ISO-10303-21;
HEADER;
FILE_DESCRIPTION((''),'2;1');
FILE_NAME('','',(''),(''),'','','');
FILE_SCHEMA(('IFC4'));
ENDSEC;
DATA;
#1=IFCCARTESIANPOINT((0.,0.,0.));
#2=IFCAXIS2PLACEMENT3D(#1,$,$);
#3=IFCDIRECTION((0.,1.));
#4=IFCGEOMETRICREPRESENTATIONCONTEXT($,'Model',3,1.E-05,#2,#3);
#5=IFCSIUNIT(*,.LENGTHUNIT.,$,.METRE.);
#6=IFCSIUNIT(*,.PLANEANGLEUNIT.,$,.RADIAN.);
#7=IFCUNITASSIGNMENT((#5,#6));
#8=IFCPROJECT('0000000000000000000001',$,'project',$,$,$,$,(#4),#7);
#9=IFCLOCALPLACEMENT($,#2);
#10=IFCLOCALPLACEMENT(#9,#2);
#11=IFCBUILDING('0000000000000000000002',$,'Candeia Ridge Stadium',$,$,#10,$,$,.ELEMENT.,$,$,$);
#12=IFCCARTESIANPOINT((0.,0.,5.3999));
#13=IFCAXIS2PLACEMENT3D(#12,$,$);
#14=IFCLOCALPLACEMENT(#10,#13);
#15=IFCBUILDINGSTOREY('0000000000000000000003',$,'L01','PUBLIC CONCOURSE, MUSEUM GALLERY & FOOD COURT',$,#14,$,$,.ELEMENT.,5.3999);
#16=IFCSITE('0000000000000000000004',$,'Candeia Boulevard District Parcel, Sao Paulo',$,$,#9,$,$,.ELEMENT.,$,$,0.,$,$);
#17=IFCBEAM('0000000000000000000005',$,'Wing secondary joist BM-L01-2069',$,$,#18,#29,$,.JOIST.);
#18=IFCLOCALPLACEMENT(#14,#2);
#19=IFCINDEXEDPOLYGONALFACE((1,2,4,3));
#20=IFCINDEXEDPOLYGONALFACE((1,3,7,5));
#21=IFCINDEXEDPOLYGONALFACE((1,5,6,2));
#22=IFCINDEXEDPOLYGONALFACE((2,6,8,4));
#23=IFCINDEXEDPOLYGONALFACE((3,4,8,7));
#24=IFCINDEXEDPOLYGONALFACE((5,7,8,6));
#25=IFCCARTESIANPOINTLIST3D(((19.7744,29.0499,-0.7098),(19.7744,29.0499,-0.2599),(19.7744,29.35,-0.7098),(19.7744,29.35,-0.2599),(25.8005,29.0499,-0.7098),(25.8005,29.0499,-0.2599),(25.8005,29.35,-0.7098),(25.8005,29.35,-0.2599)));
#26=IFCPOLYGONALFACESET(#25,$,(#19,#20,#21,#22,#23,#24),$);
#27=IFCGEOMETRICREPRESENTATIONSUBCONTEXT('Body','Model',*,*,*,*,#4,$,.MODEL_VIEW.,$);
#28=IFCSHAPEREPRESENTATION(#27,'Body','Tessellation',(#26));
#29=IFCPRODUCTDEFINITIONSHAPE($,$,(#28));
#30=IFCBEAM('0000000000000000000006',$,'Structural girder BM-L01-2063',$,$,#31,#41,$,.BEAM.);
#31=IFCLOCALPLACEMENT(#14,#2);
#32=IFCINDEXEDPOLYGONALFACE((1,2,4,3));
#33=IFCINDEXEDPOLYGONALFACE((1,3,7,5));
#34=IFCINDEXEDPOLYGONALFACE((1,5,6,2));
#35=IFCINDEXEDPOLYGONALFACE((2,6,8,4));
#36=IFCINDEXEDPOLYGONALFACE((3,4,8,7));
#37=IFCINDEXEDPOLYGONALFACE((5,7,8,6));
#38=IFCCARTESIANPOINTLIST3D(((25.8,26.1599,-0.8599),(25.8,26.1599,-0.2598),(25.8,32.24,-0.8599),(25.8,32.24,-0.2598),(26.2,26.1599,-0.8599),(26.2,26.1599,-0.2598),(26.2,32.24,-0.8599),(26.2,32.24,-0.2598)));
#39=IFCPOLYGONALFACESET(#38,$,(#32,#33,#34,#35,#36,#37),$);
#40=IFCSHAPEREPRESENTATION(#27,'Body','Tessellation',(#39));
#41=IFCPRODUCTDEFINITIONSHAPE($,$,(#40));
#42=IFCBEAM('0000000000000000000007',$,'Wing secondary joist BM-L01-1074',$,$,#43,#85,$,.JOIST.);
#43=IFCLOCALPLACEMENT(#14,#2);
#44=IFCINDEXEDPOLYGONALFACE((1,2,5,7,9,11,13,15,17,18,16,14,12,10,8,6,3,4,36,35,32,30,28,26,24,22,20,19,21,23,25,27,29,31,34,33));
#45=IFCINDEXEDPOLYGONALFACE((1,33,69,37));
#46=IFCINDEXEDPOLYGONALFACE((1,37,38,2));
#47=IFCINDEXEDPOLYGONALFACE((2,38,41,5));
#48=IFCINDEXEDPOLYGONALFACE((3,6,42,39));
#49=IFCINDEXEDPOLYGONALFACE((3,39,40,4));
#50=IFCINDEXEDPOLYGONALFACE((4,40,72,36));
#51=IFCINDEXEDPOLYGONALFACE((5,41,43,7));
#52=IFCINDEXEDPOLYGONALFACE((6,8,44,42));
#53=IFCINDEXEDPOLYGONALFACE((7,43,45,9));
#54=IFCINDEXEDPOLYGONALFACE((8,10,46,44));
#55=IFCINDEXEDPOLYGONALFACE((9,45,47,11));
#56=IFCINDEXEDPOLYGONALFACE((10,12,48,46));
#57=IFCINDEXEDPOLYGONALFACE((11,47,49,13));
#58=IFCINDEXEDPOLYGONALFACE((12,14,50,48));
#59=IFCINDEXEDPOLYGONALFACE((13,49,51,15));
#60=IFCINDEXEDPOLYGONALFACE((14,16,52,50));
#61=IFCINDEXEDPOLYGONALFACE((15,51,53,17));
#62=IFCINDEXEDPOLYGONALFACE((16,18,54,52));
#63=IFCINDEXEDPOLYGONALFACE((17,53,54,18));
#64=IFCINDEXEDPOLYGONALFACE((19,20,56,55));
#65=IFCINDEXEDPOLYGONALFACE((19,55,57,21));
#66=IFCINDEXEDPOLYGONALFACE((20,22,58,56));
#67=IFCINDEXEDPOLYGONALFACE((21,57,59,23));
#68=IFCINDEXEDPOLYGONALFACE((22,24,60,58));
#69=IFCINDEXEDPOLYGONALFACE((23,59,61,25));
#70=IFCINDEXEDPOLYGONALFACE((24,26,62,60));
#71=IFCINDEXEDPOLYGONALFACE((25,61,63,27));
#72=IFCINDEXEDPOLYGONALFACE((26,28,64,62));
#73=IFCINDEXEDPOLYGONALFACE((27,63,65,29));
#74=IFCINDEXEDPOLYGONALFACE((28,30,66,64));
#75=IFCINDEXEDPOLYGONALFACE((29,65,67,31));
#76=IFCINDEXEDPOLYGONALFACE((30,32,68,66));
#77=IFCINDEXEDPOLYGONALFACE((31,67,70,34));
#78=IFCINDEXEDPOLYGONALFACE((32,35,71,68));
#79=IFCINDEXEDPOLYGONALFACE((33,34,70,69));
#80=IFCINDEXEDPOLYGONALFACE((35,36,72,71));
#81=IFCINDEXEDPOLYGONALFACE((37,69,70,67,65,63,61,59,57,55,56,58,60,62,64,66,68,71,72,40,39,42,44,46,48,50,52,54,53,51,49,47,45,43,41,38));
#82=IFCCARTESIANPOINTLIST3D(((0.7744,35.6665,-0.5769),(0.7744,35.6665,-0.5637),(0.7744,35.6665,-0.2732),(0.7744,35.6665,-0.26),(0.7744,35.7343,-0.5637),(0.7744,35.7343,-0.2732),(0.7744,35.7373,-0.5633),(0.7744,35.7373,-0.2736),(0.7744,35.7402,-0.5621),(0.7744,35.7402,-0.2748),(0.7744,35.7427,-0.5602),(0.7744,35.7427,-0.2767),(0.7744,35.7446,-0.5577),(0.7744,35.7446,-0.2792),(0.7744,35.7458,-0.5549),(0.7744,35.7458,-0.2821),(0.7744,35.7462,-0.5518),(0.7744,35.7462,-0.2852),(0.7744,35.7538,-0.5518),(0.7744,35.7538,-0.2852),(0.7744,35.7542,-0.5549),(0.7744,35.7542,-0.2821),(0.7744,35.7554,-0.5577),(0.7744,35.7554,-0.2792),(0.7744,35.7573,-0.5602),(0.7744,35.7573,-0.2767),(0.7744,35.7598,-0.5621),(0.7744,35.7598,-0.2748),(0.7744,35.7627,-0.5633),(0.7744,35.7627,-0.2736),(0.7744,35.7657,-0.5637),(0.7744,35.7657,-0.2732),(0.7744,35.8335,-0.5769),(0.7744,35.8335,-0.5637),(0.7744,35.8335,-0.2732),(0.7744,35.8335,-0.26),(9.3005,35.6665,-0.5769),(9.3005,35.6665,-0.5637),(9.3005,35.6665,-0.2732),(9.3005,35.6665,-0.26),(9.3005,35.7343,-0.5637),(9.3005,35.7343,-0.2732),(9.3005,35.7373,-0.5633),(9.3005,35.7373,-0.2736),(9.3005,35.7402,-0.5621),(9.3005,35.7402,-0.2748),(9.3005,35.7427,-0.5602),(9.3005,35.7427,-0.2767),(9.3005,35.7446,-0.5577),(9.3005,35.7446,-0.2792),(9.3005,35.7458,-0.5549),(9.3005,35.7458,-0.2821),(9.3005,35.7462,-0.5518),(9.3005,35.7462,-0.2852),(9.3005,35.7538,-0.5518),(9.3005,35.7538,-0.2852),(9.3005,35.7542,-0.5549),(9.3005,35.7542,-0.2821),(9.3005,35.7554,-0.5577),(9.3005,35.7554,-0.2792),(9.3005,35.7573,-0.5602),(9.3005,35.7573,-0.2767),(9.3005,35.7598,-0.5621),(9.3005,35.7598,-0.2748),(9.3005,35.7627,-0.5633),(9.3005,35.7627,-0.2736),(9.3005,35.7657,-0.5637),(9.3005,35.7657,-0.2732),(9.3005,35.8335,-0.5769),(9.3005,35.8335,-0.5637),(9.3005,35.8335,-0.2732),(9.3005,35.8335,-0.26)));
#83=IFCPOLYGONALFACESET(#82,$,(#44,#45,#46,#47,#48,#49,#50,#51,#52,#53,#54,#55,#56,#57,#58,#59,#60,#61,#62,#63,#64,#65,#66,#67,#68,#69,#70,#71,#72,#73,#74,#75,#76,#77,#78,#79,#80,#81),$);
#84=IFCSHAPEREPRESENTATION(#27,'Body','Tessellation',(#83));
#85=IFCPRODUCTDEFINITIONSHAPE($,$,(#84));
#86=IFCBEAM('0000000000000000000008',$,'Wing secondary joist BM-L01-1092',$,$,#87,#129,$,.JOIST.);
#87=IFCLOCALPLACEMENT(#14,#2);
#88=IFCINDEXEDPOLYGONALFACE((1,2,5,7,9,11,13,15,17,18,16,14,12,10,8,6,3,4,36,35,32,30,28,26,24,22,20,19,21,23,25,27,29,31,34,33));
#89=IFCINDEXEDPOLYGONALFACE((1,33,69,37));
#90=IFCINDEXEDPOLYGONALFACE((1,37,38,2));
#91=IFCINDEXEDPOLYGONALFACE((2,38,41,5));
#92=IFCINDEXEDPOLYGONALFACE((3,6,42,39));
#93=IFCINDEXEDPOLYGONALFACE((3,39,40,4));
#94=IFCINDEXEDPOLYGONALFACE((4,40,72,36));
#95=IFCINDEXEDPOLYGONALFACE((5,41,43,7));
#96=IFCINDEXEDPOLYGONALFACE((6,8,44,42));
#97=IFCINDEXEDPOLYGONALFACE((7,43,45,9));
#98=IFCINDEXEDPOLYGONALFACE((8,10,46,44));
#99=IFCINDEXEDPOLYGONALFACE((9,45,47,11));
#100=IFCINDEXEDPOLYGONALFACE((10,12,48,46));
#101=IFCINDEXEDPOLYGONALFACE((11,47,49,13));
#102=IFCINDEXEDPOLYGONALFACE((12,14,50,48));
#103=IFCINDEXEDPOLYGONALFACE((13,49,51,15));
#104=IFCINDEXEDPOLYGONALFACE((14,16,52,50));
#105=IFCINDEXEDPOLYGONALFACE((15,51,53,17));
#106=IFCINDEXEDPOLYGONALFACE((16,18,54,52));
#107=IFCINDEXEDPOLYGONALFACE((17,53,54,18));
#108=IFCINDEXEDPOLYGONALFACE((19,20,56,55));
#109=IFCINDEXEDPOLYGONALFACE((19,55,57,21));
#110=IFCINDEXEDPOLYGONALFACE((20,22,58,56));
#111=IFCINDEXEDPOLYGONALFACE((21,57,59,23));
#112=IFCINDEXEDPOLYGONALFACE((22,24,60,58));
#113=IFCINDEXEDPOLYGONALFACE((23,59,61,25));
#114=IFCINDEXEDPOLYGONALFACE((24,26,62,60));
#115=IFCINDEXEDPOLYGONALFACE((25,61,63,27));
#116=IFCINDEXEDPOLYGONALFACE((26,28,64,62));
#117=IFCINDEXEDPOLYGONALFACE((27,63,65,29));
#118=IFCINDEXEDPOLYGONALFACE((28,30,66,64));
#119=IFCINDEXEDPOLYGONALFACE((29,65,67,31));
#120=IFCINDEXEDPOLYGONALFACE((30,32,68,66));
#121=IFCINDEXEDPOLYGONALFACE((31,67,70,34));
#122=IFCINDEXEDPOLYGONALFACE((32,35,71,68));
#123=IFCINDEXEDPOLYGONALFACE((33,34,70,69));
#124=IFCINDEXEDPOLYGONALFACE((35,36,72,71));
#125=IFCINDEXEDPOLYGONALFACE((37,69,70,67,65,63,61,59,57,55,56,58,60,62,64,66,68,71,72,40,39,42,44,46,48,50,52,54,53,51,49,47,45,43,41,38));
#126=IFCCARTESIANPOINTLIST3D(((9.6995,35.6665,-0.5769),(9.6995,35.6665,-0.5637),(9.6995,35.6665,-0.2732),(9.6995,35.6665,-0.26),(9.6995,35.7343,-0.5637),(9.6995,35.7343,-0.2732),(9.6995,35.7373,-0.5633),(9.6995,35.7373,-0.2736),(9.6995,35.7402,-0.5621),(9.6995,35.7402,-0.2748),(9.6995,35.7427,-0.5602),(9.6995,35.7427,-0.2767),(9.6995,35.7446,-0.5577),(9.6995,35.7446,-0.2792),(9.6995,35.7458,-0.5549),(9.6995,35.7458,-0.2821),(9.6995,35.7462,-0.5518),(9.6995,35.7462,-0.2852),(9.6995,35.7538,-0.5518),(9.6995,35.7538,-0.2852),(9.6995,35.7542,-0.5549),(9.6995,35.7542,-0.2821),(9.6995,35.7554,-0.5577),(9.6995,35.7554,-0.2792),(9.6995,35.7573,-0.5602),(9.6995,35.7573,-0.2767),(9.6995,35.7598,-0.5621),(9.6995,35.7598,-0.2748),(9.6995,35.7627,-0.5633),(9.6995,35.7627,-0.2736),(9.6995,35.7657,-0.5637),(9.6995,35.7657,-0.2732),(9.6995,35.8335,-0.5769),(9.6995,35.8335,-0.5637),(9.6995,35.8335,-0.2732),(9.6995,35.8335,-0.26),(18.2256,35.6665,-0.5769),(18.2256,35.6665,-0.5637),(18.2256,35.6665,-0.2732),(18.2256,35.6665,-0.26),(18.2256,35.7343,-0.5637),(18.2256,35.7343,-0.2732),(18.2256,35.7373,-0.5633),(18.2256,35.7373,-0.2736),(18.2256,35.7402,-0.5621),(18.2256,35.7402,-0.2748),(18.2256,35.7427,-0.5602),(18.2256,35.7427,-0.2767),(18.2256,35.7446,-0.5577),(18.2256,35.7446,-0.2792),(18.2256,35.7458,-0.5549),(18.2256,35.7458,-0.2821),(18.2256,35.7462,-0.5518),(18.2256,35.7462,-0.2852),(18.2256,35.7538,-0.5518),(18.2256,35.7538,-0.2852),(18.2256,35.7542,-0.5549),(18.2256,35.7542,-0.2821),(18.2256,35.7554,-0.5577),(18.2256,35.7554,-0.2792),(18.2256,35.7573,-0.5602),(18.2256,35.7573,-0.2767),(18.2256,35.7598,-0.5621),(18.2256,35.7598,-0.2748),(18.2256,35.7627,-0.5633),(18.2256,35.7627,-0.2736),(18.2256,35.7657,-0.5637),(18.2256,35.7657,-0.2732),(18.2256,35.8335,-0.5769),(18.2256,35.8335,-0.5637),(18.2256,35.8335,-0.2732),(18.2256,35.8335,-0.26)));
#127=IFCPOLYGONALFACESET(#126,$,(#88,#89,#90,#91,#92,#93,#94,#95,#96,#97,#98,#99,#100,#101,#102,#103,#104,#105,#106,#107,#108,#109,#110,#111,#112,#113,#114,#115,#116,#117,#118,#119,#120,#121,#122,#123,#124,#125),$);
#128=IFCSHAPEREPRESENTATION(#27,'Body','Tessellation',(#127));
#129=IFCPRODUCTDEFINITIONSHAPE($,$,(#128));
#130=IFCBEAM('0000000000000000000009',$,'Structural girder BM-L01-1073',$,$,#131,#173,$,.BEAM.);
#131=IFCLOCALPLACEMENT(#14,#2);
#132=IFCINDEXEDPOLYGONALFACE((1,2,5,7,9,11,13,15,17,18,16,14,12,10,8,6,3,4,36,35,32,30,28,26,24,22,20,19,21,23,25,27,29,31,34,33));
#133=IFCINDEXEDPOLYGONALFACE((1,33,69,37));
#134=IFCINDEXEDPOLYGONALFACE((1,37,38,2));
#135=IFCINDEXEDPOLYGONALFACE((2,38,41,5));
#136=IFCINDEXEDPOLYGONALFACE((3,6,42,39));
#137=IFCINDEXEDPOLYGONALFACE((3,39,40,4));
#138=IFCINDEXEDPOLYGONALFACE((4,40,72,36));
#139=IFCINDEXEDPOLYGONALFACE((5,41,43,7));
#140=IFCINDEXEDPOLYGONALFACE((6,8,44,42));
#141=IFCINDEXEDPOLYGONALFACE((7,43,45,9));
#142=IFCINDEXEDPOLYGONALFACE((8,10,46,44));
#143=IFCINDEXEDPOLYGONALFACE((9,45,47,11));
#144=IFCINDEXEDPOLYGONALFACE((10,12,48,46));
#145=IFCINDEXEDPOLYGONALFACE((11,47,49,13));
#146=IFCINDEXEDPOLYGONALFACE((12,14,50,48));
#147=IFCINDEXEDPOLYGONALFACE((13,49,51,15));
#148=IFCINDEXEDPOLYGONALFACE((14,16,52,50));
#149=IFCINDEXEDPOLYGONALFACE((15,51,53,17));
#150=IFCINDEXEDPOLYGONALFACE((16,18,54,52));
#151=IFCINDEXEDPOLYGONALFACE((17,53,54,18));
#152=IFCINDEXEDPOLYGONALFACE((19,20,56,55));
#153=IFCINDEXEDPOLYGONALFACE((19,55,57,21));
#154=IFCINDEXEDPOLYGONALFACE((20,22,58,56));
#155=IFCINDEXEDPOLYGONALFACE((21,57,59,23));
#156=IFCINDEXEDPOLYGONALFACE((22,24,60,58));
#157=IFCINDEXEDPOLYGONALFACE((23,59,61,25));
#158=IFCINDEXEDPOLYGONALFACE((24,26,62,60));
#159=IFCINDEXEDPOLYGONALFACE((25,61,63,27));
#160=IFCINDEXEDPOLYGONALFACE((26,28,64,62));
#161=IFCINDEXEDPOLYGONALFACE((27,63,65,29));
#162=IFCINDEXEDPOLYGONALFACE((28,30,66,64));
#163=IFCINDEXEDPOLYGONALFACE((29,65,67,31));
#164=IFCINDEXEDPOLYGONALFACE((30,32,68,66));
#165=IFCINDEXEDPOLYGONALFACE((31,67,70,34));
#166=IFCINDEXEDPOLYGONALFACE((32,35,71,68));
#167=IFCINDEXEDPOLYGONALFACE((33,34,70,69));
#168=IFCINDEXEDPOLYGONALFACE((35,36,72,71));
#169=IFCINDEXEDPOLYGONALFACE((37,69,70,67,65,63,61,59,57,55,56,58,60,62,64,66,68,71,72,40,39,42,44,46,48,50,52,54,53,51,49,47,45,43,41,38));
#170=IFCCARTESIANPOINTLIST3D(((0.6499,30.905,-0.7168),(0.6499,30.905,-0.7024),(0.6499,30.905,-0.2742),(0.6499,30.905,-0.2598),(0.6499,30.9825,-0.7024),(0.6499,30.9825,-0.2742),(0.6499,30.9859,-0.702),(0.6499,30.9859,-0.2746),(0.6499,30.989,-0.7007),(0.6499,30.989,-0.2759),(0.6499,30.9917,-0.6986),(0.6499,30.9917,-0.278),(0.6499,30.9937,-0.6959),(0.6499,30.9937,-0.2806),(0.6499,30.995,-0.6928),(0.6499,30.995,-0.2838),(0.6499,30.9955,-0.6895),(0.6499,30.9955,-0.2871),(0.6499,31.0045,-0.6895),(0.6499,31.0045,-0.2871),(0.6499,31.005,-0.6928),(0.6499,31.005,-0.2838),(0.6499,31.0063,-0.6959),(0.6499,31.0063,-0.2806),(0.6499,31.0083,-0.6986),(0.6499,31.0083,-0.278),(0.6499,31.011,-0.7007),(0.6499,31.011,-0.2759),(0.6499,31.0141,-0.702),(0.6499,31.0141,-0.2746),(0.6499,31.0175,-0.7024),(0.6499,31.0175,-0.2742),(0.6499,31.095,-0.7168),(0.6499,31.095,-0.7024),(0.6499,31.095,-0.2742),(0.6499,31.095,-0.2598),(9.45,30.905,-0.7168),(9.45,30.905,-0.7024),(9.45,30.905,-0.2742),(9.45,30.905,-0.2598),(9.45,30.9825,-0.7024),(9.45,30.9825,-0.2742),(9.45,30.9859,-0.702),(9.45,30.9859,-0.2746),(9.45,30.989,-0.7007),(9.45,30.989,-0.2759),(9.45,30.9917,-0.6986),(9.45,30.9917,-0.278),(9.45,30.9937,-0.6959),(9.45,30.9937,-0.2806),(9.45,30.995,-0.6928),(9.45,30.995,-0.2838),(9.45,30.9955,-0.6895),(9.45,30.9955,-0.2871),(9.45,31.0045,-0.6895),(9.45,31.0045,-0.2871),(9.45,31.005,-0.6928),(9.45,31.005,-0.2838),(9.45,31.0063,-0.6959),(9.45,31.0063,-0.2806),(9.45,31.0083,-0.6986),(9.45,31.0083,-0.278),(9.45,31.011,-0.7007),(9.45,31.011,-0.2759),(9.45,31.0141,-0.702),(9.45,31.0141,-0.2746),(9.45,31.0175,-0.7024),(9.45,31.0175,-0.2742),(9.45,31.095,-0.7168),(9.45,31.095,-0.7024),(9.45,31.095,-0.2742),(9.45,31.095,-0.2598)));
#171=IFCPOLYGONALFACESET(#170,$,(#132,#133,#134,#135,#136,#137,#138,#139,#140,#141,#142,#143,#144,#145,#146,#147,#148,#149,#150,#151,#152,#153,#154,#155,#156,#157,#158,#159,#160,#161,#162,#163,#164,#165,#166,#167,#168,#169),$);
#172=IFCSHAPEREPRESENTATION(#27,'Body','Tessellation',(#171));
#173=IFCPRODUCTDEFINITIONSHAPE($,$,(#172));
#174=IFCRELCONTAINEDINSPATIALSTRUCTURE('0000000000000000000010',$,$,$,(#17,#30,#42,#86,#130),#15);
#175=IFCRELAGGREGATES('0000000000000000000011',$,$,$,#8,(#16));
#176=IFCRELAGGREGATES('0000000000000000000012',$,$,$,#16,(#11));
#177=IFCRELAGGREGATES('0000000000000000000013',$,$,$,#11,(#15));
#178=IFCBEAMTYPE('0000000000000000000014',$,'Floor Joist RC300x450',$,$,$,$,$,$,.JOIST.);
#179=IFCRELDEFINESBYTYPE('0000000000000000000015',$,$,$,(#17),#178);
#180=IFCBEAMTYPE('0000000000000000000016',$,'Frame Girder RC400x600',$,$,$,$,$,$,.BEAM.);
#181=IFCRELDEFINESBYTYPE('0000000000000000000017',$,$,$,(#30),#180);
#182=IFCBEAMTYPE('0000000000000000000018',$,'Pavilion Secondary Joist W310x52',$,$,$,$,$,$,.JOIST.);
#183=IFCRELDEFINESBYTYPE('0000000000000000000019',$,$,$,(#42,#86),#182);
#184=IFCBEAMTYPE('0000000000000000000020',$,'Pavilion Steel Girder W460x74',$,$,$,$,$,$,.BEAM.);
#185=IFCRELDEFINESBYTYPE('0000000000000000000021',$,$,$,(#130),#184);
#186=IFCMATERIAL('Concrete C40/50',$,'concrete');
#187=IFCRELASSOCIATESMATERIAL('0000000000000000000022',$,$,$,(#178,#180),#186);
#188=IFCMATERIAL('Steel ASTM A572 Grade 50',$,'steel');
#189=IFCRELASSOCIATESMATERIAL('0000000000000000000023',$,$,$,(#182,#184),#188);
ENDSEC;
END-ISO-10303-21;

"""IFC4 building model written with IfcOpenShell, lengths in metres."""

from ifc_helpers import new_model, si_unit, direction, frame, origin, origin_2d, place, context, subcontext, project, spatial, rectangle, i_section, extrude, material, material_profile, profile_set, type_object, element, save


model = new_model("IFC4")

# Units and contexts
model_context = context("Model", 3, precision=1e-05, world=origin(), true_north=direction((0.0, 1.0)))
body_context = subcontext(model_context, "Body", "Model", "MODEL_VIEW")
ifc_project = project(units=[si_unit("LENGTHUNIT", "METRE"), si_unit("PLANEANGLEUNIT", "RADIAN")], contexts=[model_context])

# Site, building, storey
site_placement = place(None, origin())
site = spatial("IfcSite", under=ifc_project, at=site_placement, Name="Candeia Boulevard District Parcel, Sao Paulo", CompositionType="ELEMENT", RefElevation=0.0)
building_placement = place(site_placement, origin())
building = spatial("IfcBuilding", under=site, at=building_placement, Name="Candeia Ridge Stadium", CompositionType="ELEMENT")
storey_placement = place(building_placement, frame((0.0, 0.0, 5.3999)))
storey = spatial("IfcBuildingStorey", under=building, at=storey_placement, Name="L01", Description="PUBLIC CONCOURSE, MUSEUM GALLERY & FOOD COURT", CompositionType="ELEMENT", Elevation=5.3999)

# Shared definitions
ifc_material_1 = material(Name="Concrete C40/50", Category="concrete")

# Beams
ifc_material_profile_1 = material_profile(ifc_material_1, rectangle(XDim=0.3, YDim=0.45, at=origin_2d()), Name="RC300x450", Category="concrete")
ifc_profile_set_1 = profile_set([ifc_material_profile_1], Name="Concrete C40/50")
beam_type_1 = type_object("IfcBeamType", Name="Floor Joist RC300x450", PredefinedType="JOIST", material=ifc_profile_set_1)
beam_1_placement = place(storey_placement, frame((19.7744, 29.2, -0.4849), z_axis=(1.0, 0.0, 0.0), x_axis=(0.0, 1.0, 0.0)))
element("IfcBeam", 1, at=beam_1_placement, inside=storey, type_object=beam_type_1, Name="Wing secondary joist BM-L01-2069", PredefinedType="JOIST", context=body_context, shape_type="SweptSolid", body=[
    extrude(rectangle(XDim=0.3, YDim=0.45, at=origin_2d()), origin(), (0.0, 0.0, 1.0), 6.0261),
])
ifc_material_profile_2 = material_profile(ifc_material_1, rectangle(XDim=0.3999, YDim=0.6001, at=origin_2d()), Name="RC400x600", Category="concrete")
ifc_profile_set_2 = profile_set([ifc_material_profile_2], Name="Concrete C40/50")
beam_type_2 = type_object("IfcBeamType", Name="Frame Girder RC400x600", PredefinedType="BEAM", material=ifc_profile_set_2)
beam_2_placement = place(storey_placement, frame((26.0, 26.1599, -0.5598), z_axis=(0.0, 1.0, 0.0), x_axis=(-1.0, 0.0, 0.0)))
element("IfcBeam", 2, at=beam_2_placement, inside=storey, type_object=beam_type_2, Name="Structural girder BM-L01-2063", PredefinedType="BEAM", context=body_context, shape_type="SweptSolid", body=[
    extrude(rectangle(XDim=0.3999, YDim=0.6001, at=origin_2d()), origin(), (0.0, 0.0, 1.0), 6.0801),
])
ifc_material_2 = material(Name="Steel ASTM A572 Grade 50", Category="steel")
ifc_material_profile_3 = material_profile(ifc_material_2, i_section(OverallWidth=0.167, OverallDepth=0.3169, WebThickness=0.0076, FlangeThickness=0.0132, FilletRadius=0.012, at=origin_2d()), Name="W310x52", Category="steel")
ifc_profile_set_3 = profile_set([ifc_material_profile_3], Name="Steel ASTM A572 Grade 50")
beam_type_3 = type_object("IfcBeamType", Name="Pavilion Secondary Joist W310x52", PredefinedType="JOIST", material=ifc_profile_set_3)
for number, where, z_axis, x_axis, name in (
    (3, (0.7744, 35.75, -0.4185), (1.0, 0.0, 0.0), (0.0, 1.0, 0.0), "Wing secondary joist BM-L01-1074"),
    (4, (9.6995, 35.75, -0.4185), (1.0, 0.0, 0.0), (0.0, 1.0, 0.0), "Wing secondary joist BM-L01-1092"),
):
    element("IfcBeam", number, at=place(storey_placement, frame(where, z_axis=z_axis, x_axis=x_axis)), inside=storey, type_object=beam_type_3, Name=name, PredefinedType="JOIST", context=body_context, shape_type="SweptSolid", body=[
        extrude(i_section(OverallWidth=0.167, OverallDepth=0.3169, WebThickness=0.0076, FlangeThickness=0.0132, FilletRadius=0.012, at=origin_2d()), origin(), (0.0, 0.0, 1.0), 8.5261),
    ])
ifc_material_profile_4 = material_profile(ifc_material_2, i_section(OverallWidth=0.1899, OverallDepth=0.457, WebThickness=0.009, FlangeThickness=0.0144, FilletRadius=0.0129, at=origin_2d()), Name="W460x74", Category="steel")
ifc_profile_set_4 = profile_set([ifc_material_profile_4], Name="Steel ASTM A572 Grade 50")
beam_type_4 = type_object("IfcBeamType", Name="Pavilion Steel Girder W460x74", PredefinedType="BEAM", material=ifc_profile_set_4)
for number, where, z_axis, x_axis, name in (
    (5, (0.6499, 31.0, -0.4883), (1.0, 0.0, 0.0), (0.0, 1.0, 0.0), "Structural girder BM-L01-1073"),
):
    element("IfcBeam", number, at=place(storey_placement, frame(where, z_axis=z_axis, x_axis=x_axis)), inside=storey, type_object=beam_type_4, Name=name, PredefinedType="BEAM", context=body_context, shape_type="SweptSolid", body=[
        extrude(i_section(OverallWidth=0.1899, OverallDepth=0.457, WebThickness=0.009, FlangeThickness=0.0144, FilletRadius=0.0129, at=origin_2d()), origin(), (0.0, 0.0, 1.0), 8.8),
    ])

save(model, "model.ifc")
